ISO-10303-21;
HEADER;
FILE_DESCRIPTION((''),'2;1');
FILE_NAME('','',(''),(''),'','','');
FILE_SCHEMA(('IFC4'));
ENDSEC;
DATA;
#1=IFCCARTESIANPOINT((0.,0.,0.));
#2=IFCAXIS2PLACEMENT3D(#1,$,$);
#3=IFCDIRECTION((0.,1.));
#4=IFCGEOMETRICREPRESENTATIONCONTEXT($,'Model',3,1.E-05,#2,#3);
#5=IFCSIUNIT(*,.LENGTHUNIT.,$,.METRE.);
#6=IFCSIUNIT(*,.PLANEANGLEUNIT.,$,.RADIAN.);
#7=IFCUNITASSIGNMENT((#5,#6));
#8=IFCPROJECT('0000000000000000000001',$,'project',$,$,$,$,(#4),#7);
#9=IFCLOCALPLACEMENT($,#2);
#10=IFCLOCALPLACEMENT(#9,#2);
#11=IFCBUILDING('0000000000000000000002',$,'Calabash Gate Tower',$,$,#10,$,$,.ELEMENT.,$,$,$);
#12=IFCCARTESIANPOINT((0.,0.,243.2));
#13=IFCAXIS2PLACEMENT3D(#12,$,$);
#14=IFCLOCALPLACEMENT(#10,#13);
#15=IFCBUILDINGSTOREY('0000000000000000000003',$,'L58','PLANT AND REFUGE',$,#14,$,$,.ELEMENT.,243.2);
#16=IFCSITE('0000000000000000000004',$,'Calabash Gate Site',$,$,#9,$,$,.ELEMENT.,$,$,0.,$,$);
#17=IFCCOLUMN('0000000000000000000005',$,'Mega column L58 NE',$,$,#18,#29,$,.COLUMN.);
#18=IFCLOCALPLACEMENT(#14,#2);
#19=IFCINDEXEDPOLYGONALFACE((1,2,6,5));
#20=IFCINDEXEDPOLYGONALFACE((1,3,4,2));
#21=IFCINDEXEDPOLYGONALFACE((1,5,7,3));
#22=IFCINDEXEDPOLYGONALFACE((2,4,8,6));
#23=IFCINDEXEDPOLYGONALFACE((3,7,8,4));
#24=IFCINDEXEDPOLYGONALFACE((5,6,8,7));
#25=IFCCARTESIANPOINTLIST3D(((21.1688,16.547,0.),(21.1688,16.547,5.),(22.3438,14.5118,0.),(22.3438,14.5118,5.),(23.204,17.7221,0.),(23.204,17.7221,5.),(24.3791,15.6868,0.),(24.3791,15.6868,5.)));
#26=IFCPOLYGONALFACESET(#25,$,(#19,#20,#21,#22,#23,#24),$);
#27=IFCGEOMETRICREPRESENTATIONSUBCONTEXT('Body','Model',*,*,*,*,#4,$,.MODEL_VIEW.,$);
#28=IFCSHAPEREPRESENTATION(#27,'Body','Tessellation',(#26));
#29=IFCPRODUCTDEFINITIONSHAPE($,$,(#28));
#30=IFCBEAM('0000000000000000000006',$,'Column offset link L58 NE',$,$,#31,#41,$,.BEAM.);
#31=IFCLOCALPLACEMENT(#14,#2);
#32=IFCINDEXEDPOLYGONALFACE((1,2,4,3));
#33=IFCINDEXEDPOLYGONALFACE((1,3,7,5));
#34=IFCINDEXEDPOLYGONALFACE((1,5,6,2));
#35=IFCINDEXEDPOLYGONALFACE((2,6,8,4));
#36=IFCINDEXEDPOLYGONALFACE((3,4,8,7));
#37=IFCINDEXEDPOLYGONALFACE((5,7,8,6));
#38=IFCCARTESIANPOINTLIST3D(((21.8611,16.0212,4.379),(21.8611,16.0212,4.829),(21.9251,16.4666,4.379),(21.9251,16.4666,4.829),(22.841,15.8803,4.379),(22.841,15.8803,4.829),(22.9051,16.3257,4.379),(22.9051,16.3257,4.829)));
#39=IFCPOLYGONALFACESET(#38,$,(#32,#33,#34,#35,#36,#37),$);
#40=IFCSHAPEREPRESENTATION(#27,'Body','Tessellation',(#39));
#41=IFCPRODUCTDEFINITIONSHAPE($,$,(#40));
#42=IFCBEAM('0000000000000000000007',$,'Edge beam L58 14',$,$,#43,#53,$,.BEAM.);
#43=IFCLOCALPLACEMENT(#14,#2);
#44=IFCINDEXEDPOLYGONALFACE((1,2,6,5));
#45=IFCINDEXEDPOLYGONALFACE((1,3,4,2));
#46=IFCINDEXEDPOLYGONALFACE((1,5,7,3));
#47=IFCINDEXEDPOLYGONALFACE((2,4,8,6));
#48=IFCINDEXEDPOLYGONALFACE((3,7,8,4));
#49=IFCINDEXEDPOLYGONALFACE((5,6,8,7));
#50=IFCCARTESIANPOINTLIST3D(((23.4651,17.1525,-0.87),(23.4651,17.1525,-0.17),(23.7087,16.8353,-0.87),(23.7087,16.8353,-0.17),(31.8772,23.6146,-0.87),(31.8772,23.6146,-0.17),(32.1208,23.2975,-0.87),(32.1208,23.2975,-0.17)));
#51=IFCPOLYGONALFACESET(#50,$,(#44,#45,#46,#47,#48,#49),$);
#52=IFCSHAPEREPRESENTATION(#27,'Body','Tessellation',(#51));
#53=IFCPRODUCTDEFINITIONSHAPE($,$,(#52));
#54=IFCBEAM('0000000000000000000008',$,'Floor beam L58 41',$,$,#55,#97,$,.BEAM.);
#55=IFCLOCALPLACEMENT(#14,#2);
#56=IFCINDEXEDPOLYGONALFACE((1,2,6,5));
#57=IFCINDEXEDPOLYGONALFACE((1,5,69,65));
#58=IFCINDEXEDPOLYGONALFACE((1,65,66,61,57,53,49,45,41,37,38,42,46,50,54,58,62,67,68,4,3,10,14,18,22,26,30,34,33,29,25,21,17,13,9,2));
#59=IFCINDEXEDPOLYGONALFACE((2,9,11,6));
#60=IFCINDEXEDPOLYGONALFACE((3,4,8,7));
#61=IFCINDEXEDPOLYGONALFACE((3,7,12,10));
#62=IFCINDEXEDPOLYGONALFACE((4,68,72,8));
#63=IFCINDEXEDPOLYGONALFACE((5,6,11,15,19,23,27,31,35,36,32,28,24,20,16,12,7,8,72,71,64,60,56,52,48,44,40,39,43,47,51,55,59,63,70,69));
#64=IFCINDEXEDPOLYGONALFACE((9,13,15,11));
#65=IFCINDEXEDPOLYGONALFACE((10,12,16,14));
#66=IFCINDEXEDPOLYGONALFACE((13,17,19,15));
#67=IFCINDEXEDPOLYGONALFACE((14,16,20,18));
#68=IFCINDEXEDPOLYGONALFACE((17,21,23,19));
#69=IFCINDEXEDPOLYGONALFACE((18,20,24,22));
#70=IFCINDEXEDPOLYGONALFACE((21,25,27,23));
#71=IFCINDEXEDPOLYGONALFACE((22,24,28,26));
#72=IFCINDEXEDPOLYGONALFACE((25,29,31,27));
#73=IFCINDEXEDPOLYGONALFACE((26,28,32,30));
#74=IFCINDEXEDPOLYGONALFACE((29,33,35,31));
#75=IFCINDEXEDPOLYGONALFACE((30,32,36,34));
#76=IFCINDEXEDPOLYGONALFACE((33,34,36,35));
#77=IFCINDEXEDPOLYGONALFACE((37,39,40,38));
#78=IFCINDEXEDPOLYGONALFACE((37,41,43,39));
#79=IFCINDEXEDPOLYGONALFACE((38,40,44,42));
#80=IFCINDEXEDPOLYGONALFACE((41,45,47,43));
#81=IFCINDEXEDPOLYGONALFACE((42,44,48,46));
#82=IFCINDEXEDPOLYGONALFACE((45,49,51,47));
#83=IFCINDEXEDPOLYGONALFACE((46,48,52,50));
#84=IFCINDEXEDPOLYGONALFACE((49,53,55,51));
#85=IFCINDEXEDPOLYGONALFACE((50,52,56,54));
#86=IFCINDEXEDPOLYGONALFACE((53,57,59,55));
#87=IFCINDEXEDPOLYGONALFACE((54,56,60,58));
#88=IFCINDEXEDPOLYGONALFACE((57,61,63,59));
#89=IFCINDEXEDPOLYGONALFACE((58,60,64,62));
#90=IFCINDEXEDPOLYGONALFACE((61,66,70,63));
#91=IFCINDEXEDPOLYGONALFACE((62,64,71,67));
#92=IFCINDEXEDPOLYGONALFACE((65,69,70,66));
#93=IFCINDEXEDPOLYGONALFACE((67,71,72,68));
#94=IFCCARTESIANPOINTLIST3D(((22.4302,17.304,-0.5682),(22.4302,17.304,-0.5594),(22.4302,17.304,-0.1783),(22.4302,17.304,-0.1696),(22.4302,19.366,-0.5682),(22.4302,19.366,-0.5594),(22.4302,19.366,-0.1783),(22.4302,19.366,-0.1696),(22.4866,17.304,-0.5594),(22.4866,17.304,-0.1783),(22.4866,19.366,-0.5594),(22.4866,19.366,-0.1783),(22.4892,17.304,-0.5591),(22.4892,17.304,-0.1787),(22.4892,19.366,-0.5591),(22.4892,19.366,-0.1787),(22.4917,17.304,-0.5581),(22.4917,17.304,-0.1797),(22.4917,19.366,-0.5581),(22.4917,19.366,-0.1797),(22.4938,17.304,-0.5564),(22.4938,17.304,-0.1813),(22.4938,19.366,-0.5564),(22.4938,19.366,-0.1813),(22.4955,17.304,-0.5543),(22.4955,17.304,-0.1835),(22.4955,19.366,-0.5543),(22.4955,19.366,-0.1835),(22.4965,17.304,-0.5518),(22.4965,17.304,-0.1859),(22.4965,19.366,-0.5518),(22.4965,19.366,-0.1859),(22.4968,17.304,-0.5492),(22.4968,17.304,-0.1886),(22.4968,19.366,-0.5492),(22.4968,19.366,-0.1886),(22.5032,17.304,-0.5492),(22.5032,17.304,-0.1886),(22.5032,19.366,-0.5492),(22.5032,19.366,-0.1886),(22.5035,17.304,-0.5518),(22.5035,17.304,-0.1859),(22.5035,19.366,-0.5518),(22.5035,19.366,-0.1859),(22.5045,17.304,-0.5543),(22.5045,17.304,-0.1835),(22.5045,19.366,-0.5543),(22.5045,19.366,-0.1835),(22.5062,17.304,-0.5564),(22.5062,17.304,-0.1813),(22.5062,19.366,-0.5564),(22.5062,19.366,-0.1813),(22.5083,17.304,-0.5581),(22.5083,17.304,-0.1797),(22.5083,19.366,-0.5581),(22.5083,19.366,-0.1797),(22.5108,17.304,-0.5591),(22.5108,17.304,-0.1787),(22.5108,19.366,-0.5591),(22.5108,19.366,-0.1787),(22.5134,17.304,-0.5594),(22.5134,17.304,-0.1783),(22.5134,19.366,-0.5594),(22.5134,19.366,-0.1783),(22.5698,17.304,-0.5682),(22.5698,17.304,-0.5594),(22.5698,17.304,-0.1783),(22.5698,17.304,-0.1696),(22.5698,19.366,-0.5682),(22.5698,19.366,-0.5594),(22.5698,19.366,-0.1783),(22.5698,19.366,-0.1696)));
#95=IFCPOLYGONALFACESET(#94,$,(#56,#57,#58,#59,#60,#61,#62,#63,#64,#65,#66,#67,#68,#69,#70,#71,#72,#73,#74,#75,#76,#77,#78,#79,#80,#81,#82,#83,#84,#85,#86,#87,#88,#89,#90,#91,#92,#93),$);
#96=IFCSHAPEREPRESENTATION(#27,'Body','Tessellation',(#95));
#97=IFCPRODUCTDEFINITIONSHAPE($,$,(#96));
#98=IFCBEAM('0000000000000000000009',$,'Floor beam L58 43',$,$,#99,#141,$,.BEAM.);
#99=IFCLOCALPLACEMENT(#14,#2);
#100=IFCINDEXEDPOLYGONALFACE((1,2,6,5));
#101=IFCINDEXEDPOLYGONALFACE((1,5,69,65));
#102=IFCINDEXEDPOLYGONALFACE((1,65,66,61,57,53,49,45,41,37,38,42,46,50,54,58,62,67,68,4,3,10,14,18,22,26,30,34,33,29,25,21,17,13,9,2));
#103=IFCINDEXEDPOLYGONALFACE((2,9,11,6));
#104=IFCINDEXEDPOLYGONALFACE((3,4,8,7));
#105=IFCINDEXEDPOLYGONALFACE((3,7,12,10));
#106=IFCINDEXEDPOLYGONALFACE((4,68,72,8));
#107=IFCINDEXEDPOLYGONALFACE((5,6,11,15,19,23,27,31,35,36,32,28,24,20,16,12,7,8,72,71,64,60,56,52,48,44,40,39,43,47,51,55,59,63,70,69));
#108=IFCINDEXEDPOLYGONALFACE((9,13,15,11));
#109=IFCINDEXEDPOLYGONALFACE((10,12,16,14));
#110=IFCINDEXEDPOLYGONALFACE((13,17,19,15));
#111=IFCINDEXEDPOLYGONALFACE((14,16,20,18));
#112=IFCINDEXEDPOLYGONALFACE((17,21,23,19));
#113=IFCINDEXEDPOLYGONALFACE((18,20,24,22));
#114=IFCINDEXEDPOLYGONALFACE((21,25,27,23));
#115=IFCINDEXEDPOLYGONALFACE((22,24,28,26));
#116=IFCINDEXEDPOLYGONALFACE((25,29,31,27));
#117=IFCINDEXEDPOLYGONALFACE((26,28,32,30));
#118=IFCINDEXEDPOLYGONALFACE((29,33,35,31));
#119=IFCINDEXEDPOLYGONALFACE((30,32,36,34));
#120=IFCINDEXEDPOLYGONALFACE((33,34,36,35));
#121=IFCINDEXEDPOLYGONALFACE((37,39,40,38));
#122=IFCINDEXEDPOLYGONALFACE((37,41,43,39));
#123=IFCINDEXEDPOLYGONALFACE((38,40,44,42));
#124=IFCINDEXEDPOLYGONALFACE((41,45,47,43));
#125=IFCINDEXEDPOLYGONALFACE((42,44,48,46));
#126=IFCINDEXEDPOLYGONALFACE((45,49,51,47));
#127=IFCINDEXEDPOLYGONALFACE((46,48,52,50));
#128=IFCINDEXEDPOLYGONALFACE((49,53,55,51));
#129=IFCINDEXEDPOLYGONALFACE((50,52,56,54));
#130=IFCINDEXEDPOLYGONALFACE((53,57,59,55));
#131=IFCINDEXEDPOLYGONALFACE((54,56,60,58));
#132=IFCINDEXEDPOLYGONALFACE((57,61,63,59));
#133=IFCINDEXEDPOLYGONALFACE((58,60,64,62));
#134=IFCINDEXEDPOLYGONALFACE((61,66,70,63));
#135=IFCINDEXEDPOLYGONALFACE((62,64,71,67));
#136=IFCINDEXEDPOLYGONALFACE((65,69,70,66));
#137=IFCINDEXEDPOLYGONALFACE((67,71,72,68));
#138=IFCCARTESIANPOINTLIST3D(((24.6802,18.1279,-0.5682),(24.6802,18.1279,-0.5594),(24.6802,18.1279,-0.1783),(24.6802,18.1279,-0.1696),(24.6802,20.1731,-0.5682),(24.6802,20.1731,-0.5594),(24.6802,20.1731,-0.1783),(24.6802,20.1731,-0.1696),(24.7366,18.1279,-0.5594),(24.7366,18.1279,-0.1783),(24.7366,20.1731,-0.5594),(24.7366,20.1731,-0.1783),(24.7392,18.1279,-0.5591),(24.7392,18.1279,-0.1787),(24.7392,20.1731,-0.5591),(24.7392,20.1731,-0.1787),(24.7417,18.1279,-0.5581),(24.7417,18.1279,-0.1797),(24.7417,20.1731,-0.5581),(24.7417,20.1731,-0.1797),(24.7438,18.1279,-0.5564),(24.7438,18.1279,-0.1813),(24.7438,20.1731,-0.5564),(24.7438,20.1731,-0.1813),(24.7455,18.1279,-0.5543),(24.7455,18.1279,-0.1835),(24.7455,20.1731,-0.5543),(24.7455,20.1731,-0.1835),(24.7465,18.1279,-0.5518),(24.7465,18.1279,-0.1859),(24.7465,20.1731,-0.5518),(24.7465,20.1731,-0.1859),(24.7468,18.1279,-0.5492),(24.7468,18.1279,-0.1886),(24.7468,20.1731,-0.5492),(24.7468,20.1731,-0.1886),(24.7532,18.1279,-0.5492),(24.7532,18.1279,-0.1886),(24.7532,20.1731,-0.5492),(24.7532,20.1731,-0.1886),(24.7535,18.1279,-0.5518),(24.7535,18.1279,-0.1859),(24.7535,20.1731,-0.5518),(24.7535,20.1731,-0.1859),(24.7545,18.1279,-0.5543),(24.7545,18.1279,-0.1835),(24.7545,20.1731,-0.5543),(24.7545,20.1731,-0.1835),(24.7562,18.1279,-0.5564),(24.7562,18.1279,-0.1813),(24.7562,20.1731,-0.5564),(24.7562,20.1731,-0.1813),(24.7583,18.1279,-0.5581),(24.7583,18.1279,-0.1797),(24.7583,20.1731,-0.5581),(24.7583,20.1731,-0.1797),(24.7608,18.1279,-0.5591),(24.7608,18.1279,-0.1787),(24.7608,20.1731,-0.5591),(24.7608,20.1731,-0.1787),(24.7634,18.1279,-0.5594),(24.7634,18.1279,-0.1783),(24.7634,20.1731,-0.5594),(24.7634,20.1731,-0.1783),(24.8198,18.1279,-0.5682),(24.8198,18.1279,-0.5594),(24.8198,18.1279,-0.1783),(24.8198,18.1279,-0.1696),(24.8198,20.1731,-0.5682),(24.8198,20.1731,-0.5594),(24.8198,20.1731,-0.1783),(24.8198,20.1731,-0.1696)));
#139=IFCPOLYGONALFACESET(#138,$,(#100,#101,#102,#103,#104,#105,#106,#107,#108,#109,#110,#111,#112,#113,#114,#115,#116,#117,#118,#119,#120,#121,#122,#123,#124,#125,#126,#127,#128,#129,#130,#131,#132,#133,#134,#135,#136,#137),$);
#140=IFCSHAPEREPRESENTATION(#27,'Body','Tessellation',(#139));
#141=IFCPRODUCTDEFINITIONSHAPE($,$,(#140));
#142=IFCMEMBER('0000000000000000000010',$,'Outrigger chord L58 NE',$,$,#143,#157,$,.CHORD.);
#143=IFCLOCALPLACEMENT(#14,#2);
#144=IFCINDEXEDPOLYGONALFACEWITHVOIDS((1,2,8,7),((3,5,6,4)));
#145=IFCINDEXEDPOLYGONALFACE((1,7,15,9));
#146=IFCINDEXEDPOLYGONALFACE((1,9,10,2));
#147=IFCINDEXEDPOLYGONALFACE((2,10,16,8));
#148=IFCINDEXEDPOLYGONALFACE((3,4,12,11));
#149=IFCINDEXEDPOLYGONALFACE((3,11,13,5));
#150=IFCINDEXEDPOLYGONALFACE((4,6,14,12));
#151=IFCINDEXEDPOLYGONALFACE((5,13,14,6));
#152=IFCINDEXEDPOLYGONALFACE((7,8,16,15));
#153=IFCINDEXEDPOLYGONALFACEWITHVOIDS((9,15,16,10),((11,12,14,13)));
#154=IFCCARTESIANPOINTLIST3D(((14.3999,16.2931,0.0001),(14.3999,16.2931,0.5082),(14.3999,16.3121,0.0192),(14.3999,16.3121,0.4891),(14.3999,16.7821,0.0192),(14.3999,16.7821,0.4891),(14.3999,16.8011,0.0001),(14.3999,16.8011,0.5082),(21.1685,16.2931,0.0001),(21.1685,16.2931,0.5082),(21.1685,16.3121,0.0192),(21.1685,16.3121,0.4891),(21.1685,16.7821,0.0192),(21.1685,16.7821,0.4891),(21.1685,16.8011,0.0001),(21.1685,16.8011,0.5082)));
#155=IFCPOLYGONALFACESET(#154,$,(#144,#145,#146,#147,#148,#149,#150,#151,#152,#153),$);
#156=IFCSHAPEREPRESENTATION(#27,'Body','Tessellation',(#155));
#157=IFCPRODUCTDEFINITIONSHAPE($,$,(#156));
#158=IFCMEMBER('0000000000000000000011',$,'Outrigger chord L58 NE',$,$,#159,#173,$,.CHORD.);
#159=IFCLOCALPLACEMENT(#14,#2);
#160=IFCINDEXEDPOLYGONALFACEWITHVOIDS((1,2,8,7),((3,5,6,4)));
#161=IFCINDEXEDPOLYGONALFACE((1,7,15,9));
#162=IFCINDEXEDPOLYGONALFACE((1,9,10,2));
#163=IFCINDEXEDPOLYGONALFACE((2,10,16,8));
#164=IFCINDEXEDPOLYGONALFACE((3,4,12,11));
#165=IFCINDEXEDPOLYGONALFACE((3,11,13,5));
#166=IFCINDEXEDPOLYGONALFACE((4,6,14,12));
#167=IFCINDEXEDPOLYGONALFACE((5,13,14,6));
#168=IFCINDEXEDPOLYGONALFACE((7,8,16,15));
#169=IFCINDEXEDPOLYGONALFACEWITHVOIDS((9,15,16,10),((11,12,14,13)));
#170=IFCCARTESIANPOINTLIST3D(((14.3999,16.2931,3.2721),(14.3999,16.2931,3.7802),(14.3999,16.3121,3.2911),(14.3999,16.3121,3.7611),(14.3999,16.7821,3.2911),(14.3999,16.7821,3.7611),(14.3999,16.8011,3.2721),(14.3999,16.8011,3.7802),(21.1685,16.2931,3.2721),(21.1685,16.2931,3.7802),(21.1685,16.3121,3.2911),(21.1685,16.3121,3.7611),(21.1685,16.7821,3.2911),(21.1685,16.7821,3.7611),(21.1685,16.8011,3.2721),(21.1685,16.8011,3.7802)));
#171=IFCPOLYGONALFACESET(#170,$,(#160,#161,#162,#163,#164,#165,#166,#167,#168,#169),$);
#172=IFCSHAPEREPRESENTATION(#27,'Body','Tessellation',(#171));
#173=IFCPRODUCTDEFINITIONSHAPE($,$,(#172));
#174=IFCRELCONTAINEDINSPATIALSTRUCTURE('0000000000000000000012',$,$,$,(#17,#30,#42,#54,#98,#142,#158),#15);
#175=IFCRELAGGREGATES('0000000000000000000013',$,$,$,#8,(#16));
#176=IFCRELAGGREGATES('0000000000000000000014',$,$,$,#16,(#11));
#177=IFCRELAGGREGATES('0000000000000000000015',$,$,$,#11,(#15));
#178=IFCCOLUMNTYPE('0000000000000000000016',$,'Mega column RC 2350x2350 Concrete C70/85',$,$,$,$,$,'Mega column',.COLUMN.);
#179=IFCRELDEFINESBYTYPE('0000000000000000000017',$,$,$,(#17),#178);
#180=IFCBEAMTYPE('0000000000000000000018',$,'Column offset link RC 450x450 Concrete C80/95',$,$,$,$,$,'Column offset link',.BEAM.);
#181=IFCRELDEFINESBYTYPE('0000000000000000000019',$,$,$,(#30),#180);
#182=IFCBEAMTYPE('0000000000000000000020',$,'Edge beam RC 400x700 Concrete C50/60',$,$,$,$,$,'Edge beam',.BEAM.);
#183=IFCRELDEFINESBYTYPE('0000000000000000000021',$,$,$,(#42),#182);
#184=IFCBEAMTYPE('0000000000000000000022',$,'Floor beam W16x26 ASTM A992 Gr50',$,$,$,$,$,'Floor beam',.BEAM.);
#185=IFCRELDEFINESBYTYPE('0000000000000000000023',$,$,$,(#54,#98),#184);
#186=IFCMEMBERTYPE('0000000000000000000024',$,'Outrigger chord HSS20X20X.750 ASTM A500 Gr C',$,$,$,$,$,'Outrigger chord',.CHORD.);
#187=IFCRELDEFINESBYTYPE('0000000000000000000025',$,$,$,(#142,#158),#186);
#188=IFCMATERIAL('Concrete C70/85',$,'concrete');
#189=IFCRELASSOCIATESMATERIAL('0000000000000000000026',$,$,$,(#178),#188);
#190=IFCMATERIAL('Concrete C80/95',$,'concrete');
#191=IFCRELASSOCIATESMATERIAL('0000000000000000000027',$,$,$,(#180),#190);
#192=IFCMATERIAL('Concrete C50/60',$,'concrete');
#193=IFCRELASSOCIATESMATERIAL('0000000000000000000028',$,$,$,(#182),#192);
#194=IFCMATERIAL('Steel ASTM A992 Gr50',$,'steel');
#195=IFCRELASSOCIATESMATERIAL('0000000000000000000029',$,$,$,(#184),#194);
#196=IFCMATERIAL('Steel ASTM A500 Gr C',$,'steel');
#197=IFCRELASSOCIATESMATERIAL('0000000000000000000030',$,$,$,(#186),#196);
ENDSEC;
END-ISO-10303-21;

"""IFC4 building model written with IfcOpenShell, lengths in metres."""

from ifc_helpers import new_model, si_unit, direction, frame, origin, origin_2d, place, context, subcontext, project, spatial, rectangle, hollow_rectangle, i_section, extrude, material, material_profile, profile_set, type_object, element, save


model = new_model("IFC4")

# Units and contexts
model_context = context("Model", 3, precision=1e-05, world=origin(), true_north=direction((0.0, 1.0)))
body_context = subcontext(model_context, "Body", "Model", "MODEL_VIEW")
ifc_project = project(units=[si_unit("LENGTHUNIT", "METRE"), si_unit("PLANEANGLEUNIT", "RADIAN")], contexts=[model_context])

# Site, building, storey
site_placement = place(None, origin())
site = spatial("IfcSite", under=ifc_project, at=site_placement, Name="Calabash Gate Site", CompositionType="ELEMENT", RefElevation=0.0)
building_placement = place(site_placement, origin())
building = spatial("IfcBuilding", under=site, at=building_placement, Name="Calabash Gate Tower", CompositionType="ELEMENT")
storey_placement = place(building_placement, frame((0.0, 0.0, 243.2)))
storey = spatial("IfcBuildingStorey", under=building, at=storey_placement, Name="L58", Description="PLANT AND REFUGE", CompositionType="ELEMENT", Elevation=243.2)

# Column
ifc_material_1 = material(Name="Concrete C70/85", Category="concrete")
ifc_material_profile_1 = material_profile(ifc_material_1, rectangle(XDim=2.3501, YDim=2.3501, at=origin_2d()))
ifc_profile_set_1 = profile_set([ifc_material_profile_1], Name="Concrete C70/85")
column_type = type_object("IfcColumnType", Name="Mega column RC 2350x2350 Concrete C70/85", ElementType="Mega column", PredefinedType="COLUMN", material=ifc_profile_set_1)
column_placement = place(storey_placement, frame((22.7739, 16.1169, 0.0), z_axis=(0.0, 0.0, 1.0), x_axis=(-0.866025, -0.5, 0.0)))
element("IfcColumn", 1, at=column_placement, inside=storey, type_object=column_type, Name="Mega column L58 NE", PredefinedType="COLUMN", context=body_context, shape_type="SweptSolid", body=[
    extrude(rectangle(XDim=2.3501, YDim=2.3501, at=origin_2d()), origin(), (0.0, 0.0, 1.0), 5.0),
])

# Beams
ifc_material_2 = material(Name="Concrete C80/95", Category="concrete")
ifc_material_profile_2 = material_profile(ifc_material_2, rectangle(XDim=0.45, YDim=0.45, at=origin_2d()))
ifc_profile_set_2 = profile_set([ifc_material_profile_2], Name="Concrete C80/95")
beam_type_1 = type_object("IfcBeamType", Name="Column offset link RC 450x450 Concrete C80/95", ElementType="Column offset link", PredefinedType="BEAM", material=ifc_profile_set_2)
beam_1_placement = place(storey_placement, frame((22.873, 16.103, 4.604), z_axis=(-0.989826, 0.142284, 0.0), x_axis=(-0.142284, -0.989826, 0.0)))
element("IfcBeam", 2, at=beam_1_placement, inside=storey, type_object=beam_type_1, Name="Column offset link L58 NE", PredefinedType="BEAM", context=body_context, shape_type="SweptSolid", body=[
    extrude(rectangle(XDim=0.45, YDim=0.45, at=origin_2d()), origin(), (0.0, 0.0, 1.0), 0.99),
])
ifc_material_3 = material(Name="Concrete C50/60", Category="concrete")
ifc_material_profile_3 = material_profile(ifc_material_3, rectangle(XDim=0.3999, YDim=0.7, at=origin_2d()))
ifc_profile_set_3 = profile_set([ifc_material_profile_3], Name="Concrete C50/60")
beam_type_2 = type_object("IfcBeamType", Name="Edge beam RC 400x700 Concrete C50/60", ElementType="Edge beam", PredefinedType="BEAM", material=ifc_profile_set_3)
beam_2_placement = place(storey_placement, frame((23.5869, 16.9939, -0.52), z_axis=(0.79302, 0.609196, 0.0), x_axis=(-0.609196, 0.79302, 0.0)))
element("IfcBeam", 3, at=beam_2_placement, inside=storey, type_object=beam_type_2, Name="Edge beam L58 14", PredefinedType="BEAM", context=body_context, shape_type="SweptSolid", body=[
    extrude(rectangle(XDim=0.3999, YDim=0.7, at=origin_2d()), origin(), (0.0, 0.0, 1.0), 10.6077),
])
ifc_material_4 = material(Name="Steel ASTM A992 Gr50", Category="steel")
ifc_material_profile_4 = material_profile(ifc_material_4, i_section(OverallWidth=0.1396, OverallDepth=0.3987, WebThickness=0.0063, FlangeThickness=0.0088, FilletRadius=0.0103, at=origin_2d()))
ifc_profile_set_4 = profile_set([ifc_material_profile_4], Name="Steel ASTM A992 Gr50")
beam_type_3 = type_object("IfcBeamType", Name="Floor beam W16x26 ASTM A992 Gr50", ElementType="Floor beam", PredefinedType="BEAM", material=ifc_profile_set_4)
beam_3_placement = place(storey_placement, frame((22.5, 17.304, -0.3689), z_axis=(0.0, 1.0, 0.0), x_axis=(-1.0, 0.0, 0.0)))
element("IfcBeam", 4, at=beam_3_placement, inside=storey, type_object=beam_type_3, Name="Floor beam L58 41", PredefinedType="BEAM", context=body_context, shape_type="SweptSolid", body=[
    extrude(i_section(OverallWidth=0.1396, OverallDepth=0.3987, WebThickness=0.0063, FlangeThickness=0.0088, FilletRadius=0.0103, at=origin_2d()), origin(), (0.0, 0.0, 1.0), 2.062),
])
beam_4_placement = place(storey_placement, frame((24.75, 18.1279, -0.3689), z_axis=(0.0, 1.0, 0.0), x_axis=(-1.0, 0.0, 0.0)))
element("IfcBeam", 5, at=beam_4_placement, inside=storey, type_object=beam_type_3, Name="Floor beam L58 43", PredefinedType="BEAM", context=body_context, shape_type="SweptSolid", body=[
    extrude(i_section(OverallWidth=0.1396, OverallDepth=0.3987, WebThickness=0.0063, FlangeThickness=0.0088, FilletRadius=0.0103, at=origin_2d()), origin(), (0.0, 0.0, 1.0), 2.0452),
])

# Members
ifc_material_5 = material(Name="Steel ASTM A500 Gr C", Category="steel")
ifc_material_profile_5 = material_profile(ifc_material_5, hollow_rectangle(XDim=0.5081, YDim=0.5081, WallThickness=0.019, at=origin_2d()))
ifc_profile_set_5 = profile_set([ifc_material_profile_5], Name="Steel ASTM A500 Gr C")
member_type_1 = type_object("IfcMemberType", Name="Outrigger chord HSS20X20X.750 ASTM A500 Gr C", ElementType="Outrigger chord", PredefinedType="CHORD", material=ifc_profile_set_5)
for number, where, z_axis, x_axis, name in (
    (6, (21.1685, 16.5471, 0.2542), (-1.0, 0.0, 0.0), (0.0, -1.0, 0.0), "Outrigger chord L58 NE"),
    (7, (21.1685, 16.5471, 3.5261), (-1.0, 0.0, 0.0), (0.0, -1.0, 0.0), "Outrigger chord L58 NE"),
):
    element("IfcMember", number, at=place(storey_placement, frame(where, z_axis=z_axis, x_axis=x_axis)), inside=storey, type_object=member_type_1, Name=name, PredefinedType="CHORD", context=body_context, shape_type="SweptSolid", body=[
        extrude(hollow_rectangle(XDim=0.5081, YDim=0.5081, WallThickness=0.019, at=origin_2d()), origin(), (0.0, 0.0, 1.0), 6.7686),
    ])

save(model, "model.ifc")
